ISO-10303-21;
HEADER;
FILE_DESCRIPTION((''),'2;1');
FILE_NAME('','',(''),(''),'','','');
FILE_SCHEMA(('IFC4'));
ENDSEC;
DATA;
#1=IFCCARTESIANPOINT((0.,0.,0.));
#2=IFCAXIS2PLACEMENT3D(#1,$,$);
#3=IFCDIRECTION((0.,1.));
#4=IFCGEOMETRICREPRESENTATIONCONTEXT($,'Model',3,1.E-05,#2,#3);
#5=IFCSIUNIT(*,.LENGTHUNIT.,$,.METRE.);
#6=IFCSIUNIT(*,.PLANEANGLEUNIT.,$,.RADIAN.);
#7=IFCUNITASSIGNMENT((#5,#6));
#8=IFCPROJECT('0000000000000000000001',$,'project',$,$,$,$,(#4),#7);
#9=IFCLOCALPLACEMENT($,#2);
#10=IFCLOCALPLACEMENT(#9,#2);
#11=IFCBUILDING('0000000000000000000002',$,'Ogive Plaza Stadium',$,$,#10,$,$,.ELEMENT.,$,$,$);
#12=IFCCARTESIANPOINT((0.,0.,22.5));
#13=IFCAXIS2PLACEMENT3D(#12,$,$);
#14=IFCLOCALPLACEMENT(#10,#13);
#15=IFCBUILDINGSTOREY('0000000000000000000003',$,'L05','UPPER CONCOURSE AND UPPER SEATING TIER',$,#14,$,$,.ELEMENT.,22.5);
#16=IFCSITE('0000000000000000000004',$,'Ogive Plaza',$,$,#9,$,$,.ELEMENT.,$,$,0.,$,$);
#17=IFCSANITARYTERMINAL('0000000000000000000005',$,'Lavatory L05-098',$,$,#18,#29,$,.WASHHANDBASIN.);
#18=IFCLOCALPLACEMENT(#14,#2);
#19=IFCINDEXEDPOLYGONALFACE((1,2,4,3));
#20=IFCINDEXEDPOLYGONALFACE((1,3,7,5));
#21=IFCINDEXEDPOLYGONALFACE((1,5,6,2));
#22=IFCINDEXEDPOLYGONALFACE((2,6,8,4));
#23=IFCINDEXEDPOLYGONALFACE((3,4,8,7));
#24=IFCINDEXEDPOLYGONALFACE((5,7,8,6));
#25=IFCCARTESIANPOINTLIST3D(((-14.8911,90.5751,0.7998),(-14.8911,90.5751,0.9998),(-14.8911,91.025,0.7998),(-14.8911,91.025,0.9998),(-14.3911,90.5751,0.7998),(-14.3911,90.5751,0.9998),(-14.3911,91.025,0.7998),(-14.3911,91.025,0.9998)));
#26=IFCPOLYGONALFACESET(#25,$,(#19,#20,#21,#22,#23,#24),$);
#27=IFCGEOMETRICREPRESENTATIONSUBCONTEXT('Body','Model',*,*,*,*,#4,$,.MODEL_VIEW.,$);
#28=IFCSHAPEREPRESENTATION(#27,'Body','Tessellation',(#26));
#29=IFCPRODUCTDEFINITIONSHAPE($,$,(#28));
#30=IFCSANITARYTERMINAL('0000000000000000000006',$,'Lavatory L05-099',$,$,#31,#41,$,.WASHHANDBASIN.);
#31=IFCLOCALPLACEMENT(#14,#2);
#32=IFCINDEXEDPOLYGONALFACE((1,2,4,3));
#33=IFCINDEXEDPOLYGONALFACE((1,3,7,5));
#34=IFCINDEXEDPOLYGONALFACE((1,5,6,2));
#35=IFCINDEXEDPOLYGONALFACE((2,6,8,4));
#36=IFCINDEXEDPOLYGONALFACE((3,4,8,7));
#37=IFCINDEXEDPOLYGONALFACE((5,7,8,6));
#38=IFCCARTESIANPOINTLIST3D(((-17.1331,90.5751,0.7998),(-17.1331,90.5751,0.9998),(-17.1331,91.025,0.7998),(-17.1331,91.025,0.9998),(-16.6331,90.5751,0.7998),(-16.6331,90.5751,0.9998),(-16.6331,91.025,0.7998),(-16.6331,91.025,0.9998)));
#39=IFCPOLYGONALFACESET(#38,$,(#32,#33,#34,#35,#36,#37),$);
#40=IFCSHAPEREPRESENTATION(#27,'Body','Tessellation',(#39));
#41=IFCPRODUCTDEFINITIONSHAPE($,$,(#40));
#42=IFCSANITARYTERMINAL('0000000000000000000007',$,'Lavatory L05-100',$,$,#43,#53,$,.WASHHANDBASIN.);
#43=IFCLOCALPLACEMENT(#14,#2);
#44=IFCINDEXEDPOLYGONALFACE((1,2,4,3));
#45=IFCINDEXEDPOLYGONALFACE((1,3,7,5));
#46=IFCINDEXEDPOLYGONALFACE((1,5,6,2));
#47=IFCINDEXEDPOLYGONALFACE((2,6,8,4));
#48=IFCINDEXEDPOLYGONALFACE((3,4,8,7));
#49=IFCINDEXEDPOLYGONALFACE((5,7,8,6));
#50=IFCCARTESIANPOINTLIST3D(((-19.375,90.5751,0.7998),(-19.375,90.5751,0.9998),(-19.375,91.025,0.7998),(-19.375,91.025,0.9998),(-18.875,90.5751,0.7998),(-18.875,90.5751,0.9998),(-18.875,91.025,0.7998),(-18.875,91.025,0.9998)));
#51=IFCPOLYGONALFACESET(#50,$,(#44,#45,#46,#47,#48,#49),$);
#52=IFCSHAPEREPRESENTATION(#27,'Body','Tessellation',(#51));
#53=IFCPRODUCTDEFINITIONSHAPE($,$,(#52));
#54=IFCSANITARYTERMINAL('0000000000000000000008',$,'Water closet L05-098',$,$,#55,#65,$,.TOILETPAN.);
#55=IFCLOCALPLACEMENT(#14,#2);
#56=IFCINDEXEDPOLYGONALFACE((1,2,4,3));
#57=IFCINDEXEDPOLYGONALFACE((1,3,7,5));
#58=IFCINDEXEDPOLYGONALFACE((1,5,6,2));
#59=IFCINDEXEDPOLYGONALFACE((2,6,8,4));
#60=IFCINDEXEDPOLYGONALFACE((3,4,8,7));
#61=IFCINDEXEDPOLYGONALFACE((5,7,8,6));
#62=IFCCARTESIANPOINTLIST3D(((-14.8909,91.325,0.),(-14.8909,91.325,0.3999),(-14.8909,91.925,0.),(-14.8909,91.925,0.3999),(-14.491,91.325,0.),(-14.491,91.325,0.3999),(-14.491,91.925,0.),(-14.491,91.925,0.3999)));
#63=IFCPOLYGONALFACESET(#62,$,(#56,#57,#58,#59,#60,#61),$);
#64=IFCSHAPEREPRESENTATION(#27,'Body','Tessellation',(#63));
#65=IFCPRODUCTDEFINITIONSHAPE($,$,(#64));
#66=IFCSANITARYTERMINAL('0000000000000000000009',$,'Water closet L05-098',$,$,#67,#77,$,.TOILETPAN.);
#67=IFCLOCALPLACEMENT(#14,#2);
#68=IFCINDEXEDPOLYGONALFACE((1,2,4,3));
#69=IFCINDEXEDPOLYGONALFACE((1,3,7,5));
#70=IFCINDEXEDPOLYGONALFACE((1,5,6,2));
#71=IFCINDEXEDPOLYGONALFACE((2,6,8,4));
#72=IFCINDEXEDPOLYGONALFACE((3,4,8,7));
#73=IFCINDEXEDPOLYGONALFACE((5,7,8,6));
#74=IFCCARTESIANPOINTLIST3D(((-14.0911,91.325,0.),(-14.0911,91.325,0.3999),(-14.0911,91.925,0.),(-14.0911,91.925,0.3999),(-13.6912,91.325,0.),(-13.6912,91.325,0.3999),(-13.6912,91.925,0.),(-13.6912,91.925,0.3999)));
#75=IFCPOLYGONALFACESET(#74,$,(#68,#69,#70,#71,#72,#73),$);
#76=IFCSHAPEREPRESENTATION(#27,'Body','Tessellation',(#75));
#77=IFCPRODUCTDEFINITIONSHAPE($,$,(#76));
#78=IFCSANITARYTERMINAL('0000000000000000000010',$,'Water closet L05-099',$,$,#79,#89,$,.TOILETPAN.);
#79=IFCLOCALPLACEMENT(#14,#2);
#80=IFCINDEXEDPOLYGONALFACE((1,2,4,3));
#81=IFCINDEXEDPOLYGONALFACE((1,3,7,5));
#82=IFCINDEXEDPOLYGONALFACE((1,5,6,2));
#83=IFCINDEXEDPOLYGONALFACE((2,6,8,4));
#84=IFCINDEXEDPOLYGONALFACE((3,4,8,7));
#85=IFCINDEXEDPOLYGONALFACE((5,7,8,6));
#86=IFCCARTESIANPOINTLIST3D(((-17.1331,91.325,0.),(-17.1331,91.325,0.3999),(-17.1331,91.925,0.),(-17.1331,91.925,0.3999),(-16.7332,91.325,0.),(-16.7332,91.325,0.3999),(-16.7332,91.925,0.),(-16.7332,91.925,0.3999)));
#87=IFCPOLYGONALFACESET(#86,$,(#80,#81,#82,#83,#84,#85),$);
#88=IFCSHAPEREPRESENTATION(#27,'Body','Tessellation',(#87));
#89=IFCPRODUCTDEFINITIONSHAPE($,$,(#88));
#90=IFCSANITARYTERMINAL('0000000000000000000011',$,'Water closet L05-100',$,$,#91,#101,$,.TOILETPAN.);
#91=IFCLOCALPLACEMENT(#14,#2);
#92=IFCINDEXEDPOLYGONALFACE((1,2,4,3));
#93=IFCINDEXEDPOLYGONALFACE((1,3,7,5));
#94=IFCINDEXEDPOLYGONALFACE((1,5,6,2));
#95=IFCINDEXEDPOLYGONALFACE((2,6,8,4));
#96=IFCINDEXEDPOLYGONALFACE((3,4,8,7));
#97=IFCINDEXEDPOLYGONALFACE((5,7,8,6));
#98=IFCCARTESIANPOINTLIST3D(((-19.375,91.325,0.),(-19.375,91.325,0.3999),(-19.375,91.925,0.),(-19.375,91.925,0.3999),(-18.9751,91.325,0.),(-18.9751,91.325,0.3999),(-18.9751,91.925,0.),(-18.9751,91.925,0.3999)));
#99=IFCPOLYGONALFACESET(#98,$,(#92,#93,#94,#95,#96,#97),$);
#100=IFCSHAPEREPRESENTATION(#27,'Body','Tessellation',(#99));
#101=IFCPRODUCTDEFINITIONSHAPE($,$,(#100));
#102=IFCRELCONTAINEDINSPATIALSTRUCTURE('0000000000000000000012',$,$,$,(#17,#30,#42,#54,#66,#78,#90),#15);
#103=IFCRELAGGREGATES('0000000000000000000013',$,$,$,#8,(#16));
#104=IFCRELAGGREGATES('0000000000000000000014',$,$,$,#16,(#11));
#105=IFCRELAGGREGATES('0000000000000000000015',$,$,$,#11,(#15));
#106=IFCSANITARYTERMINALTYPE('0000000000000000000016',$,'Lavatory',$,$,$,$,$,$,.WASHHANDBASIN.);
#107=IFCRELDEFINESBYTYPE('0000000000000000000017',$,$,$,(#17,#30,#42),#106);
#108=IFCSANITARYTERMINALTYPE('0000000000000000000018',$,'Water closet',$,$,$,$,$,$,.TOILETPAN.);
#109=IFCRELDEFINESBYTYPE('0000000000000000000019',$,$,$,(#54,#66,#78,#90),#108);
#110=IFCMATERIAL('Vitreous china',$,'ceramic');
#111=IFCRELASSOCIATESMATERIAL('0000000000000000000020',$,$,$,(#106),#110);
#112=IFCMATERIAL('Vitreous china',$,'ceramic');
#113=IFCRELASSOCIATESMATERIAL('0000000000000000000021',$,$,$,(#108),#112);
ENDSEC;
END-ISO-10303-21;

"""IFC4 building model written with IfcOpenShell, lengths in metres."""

from ifc_helpers import new_model, si_unit, direction, frame, origin, origin_2d, place, context, subcontext, project, spatial, rectangle, extrude, material, type_object, element, save


model = new_model("IFC4")

# Units and contexts
model_context = context("Model", 3, precision=1e-05, world=origin(), true_north=direction((0.0, 1.0)))
body_context = subcontext(model_context, "Body", "Model", "MODEL_VIEW")
ifc_project = project(units=[si_unit("LENGTHUNIT", "METRE"), si_unit("PLANEANGLEUNIT", "RADIAN")], contexts=[model_context])

# Site, building, storey
site_placement = place(None, origin())
site = spatial("IfcSite", under=ifc_project, at=site_placement, Name="Ogive Plaza", CompositionType="ELEMENT", RefElevation=0.0)
building_placement = place(site_placement, origin())
building = spatial("IfcBuilding", under=site, at=building_placement, Name="Ogive Plaza Stadium", CompositionType="ELEMENT")
storey_placement = place(building_placement, frame((0.0, 0.0, 22.5)))
storey = spatial("IfcBuildingStorey", under=building, at=storey_placement, Name="L05", Description="UPPER CONCOURSE AND UPPER SEATING TIER", CompositionType="ELEMENT", Elevation=22.5)

# Sanitary terminals
ifc_material_1 = material(Name="Vitreous china", Category="ceramic")
sanitary_terminal_type_1 = type_object("IfcSanitaryTerminalType", Name="Lavatory", PredefinedType="WASHHANDBASIN", material=ifc_material_1)
for number, where, z_axis, x_axis, name in (
    (1, (-14.6411, 90.8, 0.7998), (0.0, 0.0, 1.0), (1.0, 0.0, 0.0), "Lavatory L05-098"),
    (2, (-16.8831, 90.8, 0.7998), (0.0, 0.0, 1.0), (1.0, 0.0, 0.0), "Lavatory L05-099"),
    (3, (-19.125, 90.8, 0.7998), (0.0, 0.0, 1.0), (1.0, 0.0, 0.0), "Lavatory L05-100"),
):
    element("IfcSanitaryTerminal", number, at=place(storey_placement, frame(where, z_axis=z_axis, x_axis=x_axis)), inside=storey, type_object=sanitary_terminal_type_1, Name=name, PredefinedType="WASHHANDBASIN", context=body_context, shape_type="SweptSolid", body=[
        extrude(rectangle(XDim=0.5, YDim=0.45, at=origin_2d()), origin(), (0.0, 0.0, 1.0), 0.2),
    ])
ifc_material_2 = material(Name="Vitreous china", Category="ceramic")
sanitary_terminal_type_2 = type_object("IfcSanitaryTerminalType", Name="Water closet", PredefinedType="TOILETPAN", material=ifc_material_2)
for number, where, z_axis, x_axis, name in (
    (4, (-14.6909, 91.625, 0.0), (0.0, 0.0, 1.0), (1.0, 0.0, 0.0), "Water closet L05-098"),
    (5, (-13.8911, 91.625, 0.0), (0.0, 0.0, 1.0), (1.0, 0.0, 0.0), "Water closet L05-098"),
    (6, (-16.9331, 91.625, 0.0), (0.0, 0.0, 1.0), (1.0, 0.0, 0.0), "Water closet L05-099"),
    (7, (-19.175, 91.625, 0.0), (0.0, 0.0, 1.0), (1.0, 0.0, 0.0), "Water closet L05-100"),
):
    element("IfcSanitaryTerminal", number, at=place(storey_placement, frame(where, z_axis=z_axis, x_axis=x_axis)), inside=storey, type_object=sanitary_terminal_type_2, Name=name, PredefinedType="TOILETPAN", context=body_context, shape_type="SweptSolid", body=[
        extrude(rectangle(XDim=0.3999, YDim=0.6001, at=origin_2d()), origin(), (0.0, 0.0, 1.0), 0.3999),
    ])

save(model, "model.ifc")
